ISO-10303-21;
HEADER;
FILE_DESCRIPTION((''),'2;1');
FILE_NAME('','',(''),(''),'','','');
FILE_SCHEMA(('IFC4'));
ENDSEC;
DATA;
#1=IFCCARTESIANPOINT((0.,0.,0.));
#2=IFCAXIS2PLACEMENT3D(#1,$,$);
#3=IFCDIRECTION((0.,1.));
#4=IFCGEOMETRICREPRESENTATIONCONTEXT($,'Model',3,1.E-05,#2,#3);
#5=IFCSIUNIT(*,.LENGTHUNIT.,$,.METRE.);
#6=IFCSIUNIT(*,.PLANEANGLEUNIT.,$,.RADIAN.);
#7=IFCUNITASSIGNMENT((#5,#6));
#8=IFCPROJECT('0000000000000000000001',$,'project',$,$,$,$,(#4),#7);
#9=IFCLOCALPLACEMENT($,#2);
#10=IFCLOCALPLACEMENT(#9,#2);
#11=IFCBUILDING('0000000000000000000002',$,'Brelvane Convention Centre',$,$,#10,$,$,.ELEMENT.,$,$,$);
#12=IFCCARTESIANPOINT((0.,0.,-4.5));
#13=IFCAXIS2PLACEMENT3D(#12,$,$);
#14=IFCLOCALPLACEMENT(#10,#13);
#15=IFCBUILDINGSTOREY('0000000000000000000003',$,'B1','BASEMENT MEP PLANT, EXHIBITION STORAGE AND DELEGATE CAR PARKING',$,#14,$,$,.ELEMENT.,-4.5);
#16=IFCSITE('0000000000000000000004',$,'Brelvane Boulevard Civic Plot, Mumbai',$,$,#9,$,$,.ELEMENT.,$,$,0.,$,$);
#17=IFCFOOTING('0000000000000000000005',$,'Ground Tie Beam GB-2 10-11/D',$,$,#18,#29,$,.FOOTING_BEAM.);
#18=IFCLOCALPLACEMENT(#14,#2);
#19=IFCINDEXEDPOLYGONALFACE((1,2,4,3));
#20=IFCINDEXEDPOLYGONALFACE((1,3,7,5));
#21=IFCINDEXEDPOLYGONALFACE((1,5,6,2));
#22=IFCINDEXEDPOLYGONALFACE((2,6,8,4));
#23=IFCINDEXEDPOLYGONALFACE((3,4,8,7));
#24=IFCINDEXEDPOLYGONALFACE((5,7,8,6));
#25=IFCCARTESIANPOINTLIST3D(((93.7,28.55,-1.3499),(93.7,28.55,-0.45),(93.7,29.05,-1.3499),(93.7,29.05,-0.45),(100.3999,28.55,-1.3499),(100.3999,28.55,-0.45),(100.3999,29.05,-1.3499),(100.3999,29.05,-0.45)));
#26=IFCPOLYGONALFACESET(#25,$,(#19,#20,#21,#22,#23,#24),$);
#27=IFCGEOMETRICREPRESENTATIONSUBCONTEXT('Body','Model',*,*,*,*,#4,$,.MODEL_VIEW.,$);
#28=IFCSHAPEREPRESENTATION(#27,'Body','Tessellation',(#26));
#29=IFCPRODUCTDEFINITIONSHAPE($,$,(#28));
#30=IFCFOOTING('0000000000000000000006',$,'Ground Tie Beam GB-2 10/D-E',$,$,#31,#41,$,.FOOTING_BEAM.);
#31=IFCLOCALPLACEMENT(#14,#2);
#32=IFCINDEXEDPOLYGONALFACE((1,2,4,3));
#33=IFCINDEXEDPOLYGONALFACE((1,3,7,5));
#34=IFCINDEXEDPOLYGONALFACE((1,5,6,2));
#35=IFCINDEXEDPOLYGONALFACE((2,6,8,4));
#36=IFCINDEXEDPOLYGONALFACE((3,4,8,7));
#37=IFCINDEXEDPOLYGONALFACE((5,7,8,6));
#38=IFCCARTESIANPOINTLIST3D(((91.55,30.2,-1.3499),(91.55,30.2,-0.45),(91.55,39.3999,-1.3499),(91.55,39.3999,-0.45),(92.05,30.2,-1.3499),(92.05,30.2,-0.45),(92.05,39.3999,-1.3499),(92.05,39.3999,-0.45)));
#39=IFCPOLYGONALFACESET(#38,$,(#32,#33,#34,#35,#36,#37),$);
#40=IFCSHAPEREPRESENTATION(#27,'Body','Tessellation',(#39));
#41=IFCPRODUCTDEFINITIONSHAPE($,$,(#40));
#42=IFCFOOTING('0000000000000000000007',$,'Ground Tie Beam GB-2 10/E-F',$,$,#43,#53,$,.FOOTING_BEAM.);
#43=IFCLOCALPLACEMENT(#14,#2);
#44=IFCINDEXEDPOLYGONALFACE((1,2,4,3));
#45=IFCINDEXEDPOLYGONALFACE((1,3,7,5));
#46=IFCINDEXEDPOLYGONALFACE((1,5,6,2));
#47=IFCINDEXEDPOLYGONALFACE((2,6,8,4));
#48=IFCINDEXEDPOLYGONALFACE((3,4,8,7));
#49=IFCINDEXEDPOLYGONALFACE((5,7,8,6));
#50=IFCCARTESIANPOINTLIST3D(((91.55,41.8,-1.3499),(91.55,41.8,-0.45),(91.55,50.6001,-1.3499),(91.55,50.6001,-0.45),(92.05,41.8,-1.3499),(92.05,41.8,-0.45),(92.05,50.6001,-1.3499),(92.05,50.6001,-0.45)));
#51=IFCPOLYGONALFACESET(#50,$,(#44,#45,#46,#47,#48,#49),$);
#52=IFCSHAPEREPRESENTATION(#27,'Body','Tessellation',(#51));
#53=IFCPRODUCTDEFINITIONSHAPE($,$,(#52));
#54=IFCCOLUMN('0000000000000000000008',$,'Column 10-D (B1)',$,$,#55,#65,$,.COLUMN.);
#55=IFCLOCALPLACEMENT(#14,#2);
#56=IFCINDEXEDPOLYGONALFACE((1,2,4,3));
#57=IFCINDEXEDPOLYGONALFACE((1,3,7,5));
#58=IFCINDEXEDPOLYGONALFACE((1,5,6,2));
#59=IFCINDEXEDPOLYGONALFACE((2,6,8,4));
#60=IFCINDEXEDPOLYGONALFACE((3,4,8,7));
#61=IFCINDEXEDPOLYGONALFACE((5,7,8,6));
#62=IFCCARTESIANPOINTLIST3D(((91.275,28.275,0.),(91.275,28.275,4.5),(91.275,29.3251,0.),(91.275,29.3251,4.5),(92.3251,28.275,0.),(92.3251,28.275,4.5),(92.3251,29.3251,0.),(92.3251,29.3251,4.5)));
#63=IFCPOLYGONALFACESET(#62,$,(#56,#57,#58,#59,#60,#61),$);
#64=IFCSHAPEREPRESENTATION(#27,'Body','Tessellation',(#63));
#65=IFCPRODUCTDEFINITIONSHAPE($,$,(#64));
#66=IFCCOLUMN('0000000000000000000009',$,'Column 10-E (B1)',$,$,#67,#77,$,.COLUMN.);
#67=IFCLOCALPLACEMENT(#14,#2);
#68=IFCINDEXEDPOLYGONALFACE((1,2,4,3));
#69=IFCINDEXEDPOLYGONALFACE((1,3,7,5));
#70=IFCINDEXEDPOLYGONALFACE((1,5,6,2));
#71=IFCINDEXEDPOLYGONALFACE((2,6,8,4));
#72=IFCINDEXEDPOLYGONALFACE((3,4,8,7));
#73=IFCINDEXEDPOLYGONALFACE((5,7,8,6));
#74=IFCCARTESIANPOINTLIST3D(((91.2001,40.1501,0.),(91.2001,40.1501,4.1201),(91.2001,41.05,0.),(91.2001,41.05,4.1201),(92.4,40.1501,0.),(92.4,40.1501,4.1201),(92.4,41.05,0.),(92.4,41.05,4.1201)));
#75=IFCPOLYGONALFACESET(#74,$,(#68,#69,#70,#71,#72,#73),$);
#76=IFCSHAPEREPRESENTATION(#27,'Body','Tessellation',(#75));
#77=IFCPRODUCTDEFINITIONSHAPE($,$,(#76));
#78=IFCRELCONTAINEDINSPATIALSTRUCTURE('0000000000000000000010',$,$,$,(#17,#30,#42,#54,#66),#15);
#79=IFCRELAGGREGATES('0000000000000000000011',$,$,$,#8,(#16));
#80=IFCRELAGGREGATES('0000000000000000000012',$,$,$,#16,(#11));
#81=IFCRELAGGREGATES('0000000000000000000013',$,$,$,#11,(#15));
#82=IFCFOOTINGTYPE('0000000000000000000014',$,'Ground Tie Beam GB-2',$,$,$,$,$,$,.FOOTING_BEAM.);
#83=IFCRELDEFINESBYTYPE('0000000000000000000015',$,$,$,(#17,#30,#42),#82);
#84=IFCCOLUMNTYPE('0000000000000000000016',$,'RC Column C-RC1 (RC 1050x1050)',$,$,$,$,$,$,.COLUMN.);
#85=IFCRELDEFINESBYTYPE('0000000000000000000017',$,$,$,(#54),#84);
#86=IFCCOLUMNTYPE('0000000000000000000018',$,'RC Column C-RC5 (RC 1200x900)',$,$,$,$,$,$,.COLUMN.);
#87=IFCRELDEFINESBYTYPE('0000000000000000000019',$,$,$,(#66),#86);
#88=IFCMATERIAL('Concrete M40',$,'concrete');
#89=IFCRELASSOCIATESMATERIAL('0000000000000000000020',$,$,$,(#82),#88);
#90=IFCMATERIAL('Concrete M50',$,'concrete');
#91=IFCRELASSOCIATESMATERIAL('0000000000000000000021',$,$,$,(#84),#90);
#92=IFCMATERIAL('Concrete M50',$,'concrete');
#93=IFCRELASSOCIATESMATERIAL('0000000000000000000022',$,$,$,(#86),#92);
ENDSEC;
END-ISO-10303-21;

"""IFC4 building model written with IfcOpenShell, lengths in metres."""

from ifc_helpers import new_model, si_unit, direction, frame, origin, origin_2d, place, context, subcontext, project, spatial, rectangle, extrude, material, material_profile, profile_set, type_object, element, save


model = new_model("IFC4")

# Units and contexts
model_context = context("Model", 3, precision=1e-05, world=origin(), true_north=direction((0.0, 1.0)))
body_context = subcontext(model_context, "Body", "Model", "MODEL_VIEW")
ifc_project = project(units=[si_unit("LENGTHUNIT", "METRE"), si_unit("PLANEANGLEUNIT", "RADIAN")], contexts=[model_context])

# Site, building, storey
site_placement = place(None, origin())
site = spatial("IfcSite", under=ifc_project, at=site_placement, Name="Brelvane Boulevard Civic Plot, Mumbai", CompositionType="ELEMENT", RefElevation=0.0)
building_placement = place(site_placement, origin())
building = spatial("IfcBuilding", under=site, at=building_placement, Name="Brelvane Convention Centre", CompositionType="ELEMENT")
storey_placement = place(building_placement, frame((0.0, 0.0, -4.5)))
storey = spatial("IfcBuildingStorey", under=building, at=storey_placement, Name="B1", Description="BASEMENT MEP PLANT, EXHIBITION STORAGE AND DELEGATE CAR PARKING", CompositionType="ELEMENT", Elevation=-4.5)

# Footings
ifc_material_1 = material(Name="Concrete M40", Category="concrete")
ifc_material_profile_1 = material_profile(ifc_material_1, rectangle(XDim=0.5, YDim=0.8999, at=origin_2d()), Name="RC 500x900")
ifc_profile_set_1 = profile_set([ifc_material_profile_1], Name="Concrete M40")
footing_type_1 = type_object("IfcFootingType", Name="Ground Tie Beam GB-2", PredefinedType="FOOTING_BEAM", material=ifc_profile_set_1)
for number, where, z_axis, x_axis, name in (
    (1, (93.7, 28.8, -0.8999), (1.0, 0.0, 0.0), (0.0, 1.0, 0.0), "Ground Tie Beam GB-2 10-11/D"),
):
    element("IfcFooting", number, at=place(storey_placement, frame(where, z_axis=z_axis, x_axis=x_axis)), inside=storey, type_object=footing_type_1, Name=name, PredefinedType="FOOTING_BEAM", context=body_context, shape_type="SweptSolid", body=[
        extrude(rectangle(XDim=0.5, YDim=0.8999, at=origin_2d()), origin(), (0.0, 0.0, 1.0), 6.7),
    ])
footing_1_placement = place(storey_placement, frame((91.8, 30.2, -0.8999), z_axis=(0.0, 1.0, 0.0), x_axis=(-1.0, 0.0, 0.0)))
element("IfcFooting", 2, at=footing_1_placement, inside=storey, type_object=footing_type_1, Name="Ground Tie Beam GB-2 10/D-E", PredefinedType="FOOTING_BEAM", context=body_context, shape_type="SweptSolid", body=[
    extrude(rectangle(XDim=0.5, YDim=0.8999, at=origin_2d()), origin(), (0.0, 0.0, 1.0), 9.2),
])
footing_2_placement = place(storey_placement, frame((91.8, 41.8, -0.8999), z_axis=(0.0, 1.0, 0.0), x_axis=(-1.0, 0.0, 0.0)))
element("IfcFooting", 3, at=footing_2_placement, inside=storey, type_object=footing_type_1, Name="Ground Tie Beam GB-2 10/E-F", PredefinedType="FOOTING_BEAM", context=body_context, shape_type="SweptSolid", body=[
    extrude(rectangle(XDim=0.5, YDim=0.8999, at=origin_2d()), origin(), (0.0, 0.0, 1.0), 8.8),
])

# Columns
ifc_material_2 = material(Name="Concrete M50", Category="concrete")
ifc_material_profile_2 = material_profile(ifc_material_2, rectangle(XDim=1.05, YDim=1.05, at=origin_2d()), Name="RC 1050x1050")
ifc_profile_set_2 = profile_set([ifc_material_profile_2], Name="Concrete M50")
column_type_1 = type_object("IfcColumnType", Name="RC Column C-RC1 (RC 1050x1050)", PredefinedType="COLUMN", material=ifc_profile_set_2)
column_1_placement = place(storey_placement, frame((91.8, 28.8, 0.0), z_axis=(0.0, 0.0, 1.0), x_axis=(1.0, 0.0, 0.0)))
element("IfcColumn", 4, at=column_1_placement, inside=storey, type_object=column_type_1, Name="Column 10-D (B1)", PredefinedType="COLUMN", context=body_context, shape_type="SweptSolid", body=[
    extrude(rectangle(XDim=1.05, YDim=1.05, at=origin_2d()), origin(), (0.0, 0.0, 1.0), 4.5),
])
ifc_material_3 = material(Name="Concrete M50", Category="concrete")
ifc_material_profile_3 = material_profile(ifc_material_3, rectangle(XDim=1.2, YDim=0.8999, at=origin_2d()), Name="RC 1200x900")
ifc_profile_set_3 = profile_set([ifc_material_profile_3], Name="Concrete M50")
column_type_2 = type_object("IfcColumnType", Name="RC Column C-RC5 (RC 1200x900)", PredefinedType="COLUMN", material=ifc_profile_set_3)
column_2_placement = place(storey_placement, frame((91.8, 40.6001, 0.0), z_axis=(0.0, 0.0, 1.0), x_axis=(1.0, 0.0, 0.0)))
element("IfcColumn", 5, at=column_2_placement, inside=storey, type_object=column_type_2, Name="Column 10-E (B1)", PredefinedType="COLUMN", context=body_context, shape_type="SweptSolid", body=[
    extrude(rectangle(XDim=1.2, YDim=0.8999, at=origin_2d()), origin(), (0.0, 0.0, 1.0), 4.1201),
])

save(model, "model.ifc")
